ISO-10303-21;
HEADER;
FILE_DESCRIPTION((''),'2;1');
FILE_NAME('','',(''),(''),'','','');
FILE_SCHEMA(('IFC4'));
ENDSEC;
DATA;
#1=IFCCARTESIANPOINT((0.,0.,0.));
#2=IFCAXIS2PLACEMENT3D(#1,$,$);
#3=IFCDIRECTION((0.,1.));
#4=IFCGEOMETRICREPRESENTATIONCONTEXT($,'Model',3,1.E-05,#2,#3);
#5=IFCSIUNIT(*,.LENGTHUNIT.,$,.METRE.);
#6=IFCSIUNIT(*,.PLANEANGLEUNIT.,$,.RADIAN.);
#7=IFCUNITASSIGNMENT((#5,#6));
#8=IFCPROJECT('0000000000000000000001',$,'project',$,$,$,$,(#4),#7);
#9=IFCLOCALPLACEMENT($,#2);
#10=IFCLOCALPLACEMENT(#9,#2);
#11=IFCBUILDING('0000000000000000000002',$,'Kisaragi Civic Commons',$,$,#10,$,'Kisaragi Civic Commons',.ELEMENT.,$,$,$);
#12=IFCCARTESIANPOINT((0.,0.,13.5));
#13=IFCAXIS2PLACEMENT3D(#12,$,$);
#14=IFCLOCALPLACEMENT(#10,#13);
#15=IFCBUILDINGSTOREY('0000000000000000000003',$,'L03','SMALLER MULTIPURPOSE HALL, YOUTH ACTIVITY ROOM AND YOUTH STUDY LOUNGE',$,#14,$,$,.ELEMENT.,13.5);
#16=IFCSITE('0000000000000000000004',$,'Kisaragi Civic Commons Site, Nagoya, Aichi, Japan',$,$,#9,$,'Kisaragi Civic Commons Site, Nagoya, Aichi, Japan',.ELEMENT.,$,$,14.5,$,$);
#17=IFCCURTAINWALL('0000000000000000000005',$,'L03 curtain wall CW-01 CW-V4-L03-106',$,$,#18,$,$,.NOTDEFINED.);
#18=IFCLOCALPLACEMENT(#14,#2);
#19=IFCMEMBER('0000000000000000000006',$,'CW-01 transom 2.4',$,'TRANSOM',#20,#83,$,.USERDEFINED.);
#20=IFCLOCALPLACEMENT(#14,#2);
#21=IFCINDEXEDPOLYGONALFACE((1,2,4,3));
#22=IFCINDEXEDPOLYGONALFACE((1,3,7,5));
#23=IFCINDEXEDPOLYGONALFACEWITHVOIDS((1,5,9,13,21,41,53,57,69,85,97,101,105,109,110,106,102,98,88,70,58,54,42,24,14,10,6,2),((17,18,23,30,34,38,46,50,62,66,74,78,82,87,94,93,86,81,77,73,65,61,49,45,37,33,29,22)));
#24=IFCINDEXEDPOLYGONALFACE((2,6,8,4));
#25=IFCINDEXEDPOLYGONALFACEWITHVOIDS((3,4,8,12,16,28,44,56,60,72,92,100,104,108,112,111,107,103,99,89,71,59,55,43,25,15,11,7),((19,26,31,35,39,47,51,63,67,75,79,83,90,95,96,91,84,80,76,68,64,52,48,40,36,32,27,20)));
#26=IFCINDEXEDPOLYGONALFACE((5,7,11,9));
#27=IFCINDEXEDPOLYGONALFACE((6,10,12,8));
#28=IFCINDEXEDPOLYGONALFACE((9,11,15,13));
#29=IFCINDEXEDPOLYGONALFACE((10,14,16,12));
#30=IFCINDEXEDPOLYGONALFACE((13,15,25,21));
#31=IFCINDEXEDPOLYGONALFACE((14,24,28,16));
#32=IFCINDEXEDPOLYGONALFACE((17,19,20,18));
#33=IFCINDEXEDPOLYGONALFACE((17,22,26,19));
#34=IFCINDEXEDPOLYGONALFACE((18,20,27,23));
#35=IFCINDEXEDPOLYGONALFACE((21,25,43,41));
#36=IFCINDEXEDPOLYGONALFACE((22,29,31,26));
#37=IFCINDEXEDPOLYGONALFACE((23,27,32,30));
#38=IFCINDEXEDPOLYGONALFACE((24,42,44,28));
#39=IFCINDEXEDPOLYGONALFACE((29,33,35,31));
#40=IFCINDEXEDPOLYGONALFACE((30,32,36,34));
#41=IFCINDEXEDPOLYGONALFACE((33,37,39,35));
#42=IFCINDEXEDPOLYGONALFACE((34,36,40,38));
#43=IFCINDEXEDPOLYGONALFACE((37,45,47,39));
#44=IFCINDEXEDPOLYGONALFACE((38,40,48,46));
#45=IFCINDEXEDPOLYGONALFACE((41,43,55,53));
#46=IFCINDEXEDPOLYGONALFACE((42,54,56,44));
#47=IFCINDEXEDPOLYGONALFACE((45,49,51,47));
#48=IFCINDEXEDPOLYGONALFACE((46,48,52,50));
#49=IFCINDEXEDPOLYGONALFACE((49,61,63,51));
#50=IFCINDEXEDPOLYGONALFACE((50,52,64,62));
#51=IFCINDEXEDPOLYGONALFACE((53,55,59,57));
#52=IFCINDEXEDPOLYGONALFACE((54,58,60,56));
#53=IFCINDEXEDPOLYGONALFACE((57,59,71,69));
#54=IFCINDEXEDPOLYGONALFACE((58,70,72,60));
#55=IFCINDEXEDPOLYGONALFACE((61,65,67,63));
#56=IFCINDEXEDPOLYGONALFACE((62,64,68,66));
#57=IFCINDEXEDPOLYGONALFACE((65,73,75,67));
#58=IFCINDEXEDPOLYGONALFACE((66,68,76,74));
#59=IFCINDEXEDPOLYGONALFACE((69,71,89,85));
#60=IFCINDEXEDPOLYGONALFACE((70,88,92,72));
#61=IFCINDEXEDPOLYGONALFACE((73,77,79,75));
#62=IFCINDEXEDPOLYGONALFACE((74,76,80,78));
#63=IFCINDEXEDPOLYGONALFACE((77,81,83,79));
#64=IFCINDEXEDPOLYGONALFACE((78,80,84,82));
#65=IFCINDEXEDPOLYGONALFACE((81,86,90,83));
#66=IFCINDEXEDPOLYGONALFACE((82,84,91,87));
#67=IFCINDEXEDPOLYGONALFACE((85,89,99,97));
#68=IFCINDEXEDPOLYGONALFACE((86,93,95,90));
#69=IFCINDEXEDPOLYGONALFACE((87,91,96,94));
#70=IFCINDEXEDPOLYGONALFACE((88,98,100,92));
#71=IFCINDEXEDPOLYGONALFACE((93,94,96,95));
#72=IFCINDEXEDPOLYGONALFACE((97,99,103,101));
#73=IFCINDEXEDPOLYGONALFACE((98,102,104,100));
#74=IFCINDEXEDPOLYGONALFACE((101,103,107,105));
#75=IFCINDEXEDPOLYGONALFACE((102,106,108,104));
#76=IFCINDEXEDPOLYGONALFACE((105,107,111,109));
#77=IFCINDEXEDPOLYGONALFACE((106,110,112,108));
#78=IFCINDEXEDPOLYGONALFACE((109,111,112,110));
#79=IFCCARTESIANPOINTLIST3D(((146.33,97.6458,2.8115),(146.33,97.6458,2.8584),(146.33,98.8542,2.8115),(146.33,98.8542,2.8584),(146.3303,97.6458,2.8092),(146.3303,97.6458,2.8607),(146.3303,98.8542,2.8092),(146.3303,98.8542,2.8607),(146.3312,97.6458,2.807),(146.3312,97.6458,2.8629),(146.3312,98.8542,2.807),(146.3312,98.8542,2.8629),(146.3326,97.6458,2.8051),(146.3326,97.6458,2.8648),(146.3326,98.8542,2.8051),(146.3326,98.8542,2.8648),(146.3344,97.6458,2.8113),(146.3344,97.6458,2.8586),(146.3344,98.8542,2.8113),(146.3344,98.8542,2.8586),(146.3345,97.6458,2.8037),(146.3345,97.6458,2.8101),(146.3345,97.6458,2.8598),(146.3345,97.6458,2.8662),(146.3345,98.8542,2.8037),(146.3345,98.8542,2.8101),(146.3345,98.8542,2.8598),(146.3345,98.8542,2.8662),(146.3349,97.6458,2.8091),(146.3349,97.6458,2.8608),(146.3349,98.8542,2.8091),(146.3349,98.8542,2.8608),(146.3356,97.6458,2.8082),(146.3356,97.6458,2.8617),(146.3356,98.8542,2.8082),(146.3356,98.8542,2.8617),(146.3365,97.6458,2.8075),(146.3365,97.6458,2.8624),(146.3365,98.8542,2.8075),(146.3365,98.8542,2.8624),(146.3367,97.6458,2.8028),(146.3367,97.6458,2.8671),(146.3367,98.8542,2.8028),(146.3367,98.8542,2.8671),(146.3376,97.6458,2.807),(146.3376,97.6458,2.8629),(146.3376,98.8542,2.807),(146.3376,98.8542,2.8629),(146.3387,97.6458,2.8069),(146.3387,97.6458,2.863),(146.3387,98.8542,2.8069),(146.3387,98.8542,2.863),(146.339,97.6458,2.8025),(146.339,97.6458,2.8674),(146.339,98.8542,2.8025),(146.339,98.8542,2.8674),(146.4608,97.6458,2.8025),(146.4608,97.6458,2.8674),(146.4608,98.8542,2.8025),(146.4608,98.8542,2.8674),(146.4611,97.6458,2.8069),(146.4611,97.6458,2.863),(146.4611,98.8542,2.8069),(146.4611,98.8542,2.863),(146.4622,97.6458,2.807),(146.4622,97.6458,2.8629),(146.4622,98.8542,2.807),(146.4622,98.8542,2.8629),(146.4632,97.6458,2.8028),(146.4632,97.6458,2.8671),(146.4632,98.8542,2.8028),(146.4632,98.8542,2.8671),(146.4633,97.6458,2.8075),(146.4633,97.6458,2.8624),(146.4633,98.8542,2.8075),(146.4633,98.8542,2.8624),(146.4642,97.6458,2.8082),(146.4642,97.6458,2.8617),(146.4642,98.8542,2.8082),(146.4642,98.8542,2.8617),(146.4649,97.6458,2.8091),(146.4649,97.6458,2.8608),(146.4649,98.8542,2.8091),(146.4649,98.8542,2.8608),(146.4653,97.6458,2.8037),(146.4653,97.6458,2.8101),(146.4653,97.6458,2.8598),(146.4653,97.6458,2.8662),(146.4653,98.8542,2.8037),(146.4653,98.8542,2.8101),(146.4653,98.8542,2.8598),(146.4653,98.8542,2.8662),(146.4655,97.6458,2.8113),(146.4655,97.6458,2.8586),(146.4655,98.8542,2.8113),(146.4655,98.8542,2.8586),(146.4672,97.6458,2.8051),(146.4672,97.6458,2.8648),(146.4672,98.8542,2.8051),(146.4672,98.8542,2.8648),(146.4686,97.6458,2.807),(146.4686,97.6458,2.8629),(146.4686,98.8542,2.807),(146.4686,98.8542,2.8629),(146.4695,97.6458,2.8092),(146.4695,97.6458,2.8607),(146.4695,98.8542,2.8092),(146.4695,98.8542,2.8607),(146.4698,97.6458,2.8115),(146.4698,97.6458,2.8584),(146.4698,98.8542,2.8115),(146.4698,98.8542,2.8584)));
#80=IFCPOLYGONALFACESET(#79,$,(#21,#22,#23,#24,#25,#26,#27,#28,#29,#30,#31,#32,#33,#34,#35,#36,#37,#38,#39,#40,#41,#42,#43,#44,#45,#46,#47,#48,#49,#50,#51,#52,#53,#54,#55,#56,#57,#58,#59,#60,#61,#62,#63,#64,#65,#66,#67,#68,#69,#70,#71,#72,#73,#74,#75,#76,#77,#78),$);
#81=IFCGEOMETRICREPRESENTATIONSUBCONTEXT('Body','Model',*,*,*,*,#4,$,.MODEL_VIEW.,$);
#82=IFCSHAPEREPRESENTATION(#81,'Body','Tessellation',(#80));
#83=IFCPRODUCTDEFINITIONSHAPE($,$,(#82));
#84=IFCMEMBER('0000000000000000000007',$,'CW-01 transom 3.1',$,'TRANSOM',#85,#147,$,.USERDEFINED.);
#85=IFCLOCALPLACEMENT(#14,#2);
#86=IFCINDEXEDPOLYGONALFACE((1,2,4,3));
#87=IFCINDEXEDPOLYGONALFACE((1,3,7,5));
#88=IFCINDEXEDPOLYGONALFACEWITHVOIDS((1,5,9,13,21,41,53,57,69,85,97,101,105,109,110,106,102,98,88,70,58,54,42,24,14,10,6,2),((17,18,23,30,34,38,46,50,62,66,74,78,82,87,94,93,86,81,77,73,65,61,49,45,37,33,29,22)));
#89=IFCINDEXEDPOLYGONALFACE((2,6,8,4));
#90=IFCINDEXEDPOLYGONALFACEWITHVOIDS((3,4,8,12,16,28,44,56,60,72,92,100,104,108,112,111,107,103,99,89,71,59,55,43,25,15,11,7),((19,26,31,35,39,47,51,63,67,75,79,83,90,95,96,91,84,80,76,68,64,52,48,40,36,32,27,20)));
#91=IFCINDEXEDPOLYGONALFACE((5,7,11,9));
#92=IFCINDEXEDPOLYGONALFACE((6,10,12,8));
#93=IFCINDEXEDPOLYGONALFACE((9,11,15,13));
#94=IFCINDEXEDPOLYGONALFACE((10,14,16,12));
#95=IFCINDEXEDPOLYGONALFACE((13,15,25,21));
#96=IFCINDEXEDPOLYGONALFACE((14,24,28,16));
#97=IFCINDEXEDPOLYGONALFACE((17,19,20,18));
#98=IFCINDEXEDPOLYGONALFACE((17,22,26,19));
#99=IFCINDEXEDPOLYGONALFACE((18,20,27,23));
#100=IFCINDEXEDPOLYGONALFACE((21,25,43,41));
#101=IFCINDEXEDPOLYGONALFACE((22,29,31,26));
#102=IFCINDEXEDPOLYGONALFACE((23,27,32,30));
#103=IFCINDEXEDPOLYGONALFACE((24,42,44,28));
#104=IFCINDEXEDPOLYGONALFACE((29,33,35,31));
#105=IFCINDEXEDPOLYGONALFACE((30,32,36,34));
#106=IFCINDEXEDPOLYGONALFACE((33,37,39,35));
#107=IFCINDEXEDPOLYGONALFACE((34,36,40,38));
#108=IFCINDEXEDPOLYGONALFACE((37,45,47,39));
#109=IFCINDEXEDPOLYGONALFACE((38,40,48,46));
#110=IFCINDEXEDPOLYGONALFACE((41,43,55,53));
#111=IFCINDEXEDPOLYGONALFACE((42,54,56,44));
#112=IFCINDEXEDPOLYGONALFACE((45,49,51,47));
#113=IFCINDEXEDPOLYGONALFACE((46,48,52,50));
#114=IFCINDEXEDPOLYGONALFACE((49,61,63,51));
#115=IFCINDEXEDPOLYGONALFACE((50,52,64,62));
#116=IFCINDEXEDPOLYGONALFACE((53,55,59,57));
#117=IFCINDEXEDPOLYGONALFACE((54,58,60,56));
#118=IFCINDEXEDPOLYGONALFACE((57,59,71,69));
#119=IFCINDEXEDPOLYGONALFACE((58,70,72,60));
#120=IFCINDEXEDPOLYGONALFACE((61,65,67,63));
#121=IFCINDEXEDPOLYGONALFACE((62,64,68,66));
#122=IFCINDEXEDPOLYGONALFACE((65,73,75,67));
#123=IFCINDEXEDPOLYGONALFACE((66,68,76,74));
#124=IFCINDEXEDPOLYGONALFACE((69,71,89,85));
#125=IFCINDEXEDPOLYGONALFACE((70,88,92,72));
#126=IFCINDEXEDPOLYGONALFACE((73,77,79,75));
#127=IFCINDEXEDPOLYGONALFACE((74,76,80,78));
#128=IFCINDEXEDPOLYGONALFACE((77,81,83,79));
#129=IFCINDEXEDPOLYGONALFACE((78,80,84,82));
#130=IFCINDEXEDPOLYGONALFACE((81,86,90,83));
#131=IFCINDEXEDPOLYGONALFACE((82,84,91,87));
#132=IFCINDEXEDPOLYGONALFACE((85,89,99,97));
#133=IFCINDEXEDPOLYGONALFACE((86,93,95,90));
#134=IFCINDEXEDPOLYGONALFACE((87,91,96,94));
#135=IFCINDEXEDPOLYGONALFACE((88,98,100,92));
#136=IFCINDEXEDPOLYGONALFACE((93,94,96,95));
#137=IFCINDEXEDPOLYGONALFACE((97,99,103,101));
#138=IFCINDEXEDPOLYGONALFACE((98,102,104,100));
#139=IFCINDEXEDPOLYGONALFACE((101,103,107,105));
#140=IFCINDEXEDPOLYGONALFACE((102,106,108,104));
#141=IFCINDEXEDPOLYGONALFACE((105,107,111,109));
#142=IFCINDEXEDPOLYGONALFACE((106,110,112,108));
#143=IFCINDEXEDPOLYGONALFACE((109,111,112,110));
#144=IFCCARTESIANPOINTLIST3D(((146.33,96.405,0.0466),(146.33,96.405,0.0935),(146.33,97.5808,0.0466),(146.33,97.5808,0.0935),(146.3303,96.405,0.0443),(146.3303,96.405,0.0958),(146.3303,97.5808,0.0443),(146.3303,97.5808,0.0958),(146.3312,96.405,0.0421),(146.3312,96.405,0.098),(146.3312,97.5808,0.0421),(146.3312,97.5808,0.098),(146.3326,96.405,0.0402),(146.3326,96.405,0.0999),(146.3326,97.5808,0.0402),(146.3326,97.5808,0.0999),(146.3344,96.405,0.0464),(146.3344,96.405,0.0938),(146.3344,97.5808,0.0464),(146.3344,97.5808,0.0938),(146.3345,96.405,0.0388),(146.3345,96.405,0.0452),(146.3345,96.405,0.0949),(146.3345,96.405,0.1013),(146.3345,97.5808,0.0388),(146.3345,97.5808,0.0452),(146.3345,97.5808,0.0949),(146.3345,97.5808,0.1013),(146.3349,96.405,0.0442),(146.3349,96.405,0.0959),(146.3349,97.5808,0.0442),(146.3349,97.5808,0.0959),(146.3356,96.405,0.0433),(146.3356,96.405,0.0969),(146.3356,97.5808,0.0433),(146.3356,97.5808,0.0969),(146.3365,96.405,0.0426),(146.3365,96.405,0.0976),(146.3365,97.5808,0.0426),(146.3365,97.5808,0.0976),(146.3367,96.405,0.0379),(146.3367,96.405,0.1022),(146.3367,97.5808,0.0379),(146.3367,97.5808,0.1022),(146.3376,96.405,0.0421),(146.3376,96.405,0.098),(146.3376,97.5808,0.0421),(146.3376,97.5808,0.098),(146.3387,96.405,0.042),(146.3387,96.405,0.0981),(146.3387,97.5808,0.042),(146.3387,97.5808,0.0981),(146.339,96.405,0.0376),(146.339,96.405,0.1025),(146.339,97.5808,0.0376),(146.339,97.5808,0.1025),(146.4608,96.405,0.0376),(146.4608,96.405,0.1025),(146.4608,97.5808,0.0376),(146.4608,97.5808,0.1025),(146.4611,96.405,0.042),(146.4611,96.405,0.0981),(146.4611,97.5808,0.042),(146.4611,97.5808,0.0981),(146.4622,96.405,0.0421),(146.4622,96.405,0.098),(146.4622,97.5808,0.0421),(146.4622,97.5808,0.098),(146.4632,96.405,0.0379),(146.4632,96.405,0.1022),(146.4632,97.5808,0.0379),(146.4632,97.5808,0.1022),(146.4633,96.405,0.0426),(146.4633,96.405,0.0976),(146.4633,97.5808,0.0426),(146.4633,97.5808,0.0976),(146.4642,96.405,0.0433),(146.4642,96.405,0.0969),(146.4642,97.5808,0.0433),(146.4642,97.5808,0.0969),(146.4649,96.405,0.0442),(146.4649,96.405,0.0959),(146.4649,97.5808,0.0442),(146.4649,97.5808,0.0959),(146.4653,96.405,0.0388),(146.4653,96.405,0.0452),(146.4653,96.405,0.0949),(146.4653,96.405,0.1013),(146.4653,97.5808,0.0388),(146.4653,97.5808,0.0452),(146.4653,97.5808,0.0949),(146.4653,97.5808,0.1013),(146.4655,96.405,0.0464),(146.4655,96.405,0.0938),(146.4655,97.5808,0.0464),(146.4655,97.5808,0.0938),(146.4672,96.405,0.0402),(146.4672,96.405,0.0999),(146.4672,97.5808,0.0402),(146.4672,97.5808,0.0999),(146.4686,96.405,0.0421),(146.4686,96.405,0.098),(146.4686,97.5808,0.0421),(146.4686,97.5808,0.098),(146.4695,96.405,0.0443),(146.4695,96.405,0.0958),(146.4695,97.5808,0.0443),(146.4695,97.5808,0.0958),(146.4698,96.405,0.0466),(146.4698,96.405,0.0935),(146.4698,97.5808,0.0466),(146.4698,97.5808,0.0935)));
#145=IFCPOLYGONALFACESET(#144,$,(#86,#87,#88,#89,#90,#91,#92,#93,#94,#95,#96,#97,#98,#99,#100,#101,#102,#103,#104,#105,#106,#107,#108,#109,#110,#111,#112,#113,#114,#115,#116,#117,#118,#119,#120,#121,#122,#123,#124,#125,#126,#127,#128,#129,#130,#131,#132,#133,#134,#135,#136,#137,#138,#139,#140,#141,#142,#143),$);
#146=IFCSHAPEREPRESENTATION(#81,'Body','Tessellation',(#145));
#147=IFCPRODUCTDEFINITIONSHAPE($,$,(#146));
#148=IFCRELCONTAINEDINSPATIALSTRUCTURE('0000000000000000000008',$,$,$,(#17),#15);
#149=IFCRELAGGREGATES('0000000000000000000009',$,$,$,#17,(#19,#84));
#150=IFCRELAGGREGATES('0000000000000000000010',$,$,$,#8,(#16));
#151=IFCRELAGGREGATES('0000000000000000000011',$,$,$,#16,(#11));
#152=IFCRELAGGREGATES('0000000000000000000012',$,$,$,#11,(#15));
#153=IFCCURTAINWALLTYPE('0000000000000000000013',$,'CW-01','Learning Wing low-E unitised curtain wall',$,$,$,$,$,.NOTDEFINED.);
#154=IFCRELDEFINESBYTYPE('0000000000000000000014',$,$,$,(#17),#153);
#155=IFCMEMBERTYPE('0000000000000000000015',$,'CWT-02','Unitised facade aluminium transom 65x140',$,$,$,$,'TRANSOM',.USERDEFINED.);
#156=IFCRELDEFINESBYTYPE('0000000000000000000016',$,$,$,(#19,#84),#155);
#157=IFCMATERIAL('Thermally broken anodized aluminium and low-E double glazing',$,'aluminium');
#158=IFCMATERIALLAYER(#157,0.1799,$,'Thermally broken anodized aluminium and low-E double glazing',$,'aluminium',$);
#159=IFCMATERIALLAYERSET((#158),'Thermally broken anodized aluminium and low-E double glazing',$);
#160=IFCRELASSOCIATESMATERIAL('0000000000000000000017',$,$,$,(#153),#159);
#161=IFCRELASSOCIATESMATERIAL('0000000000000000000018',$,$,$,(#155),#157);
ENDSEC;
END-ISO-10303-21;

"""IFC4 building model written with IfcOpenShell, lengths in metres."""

from ifc_helpers import new_model, si_unit, direction, frame, origin, origin_2d, place, context, subcontext, project, spatial, hollow_rectangle, extrude, material, layer, layer_set, material_profile, profile_set, type_object, element, aggregate, save


model = new_model("IFC4")

# Units and contexts
model_context = context("Model", 3, precision=1e-05, world=origin(), true_north=direction((0.0, 1.0)))
body_context = subcontext(model_context, "Body", "Model", "MODEL_VIEW")
ifc_project = project(units=[si_unit("LENGTHUNIT", "METRE"), si_unit("PLANEANGLEUNIT", "RADIAN")], contexts=[model_context])

# Site, building, storey
site_placement = place(None, origin())
site = spatial("IfcSite", under=ifc_project, at=site_placement, Name="Kisaragi Civic Commons Site, Nagoya, Aichi, Japan", LongName="Kisaragi Civic Commons Site, Nagoya, Aichi, Japan", CompositionType="ELEMENT", RefElevation=14.5)
building_placement = place(site_placement, origin())
building = spatial("IfcBuilding", under=site, at=building_placement, Name="Kisaragi Civic Commons", LongName="Kisaragi Civic Commons", CompositionType="ELEMENT")
storey_placement = place(building_placement, frame((0.0, 0.0, 13.5)))
storey = spatial("IfcBuildingStorey", under=building, at=storey_placement, Name="L03", Description="SMALLER MULTIPURPOSE HALL, YOUTH ACTIVITY ROOM AND YOUTH STUDY LOUNGE", CompositionType="ELEMENT", Elevation=13.5)

# Curtain wall, members
ifc_material = material(Name="Thermally broken anodized aluminium and low-E double glazing", Category="aluminium")
ifc_layer_1 = layer(ifc_material, 0.1799, Name="Thermally broken anodized aluminium and low-E double glazing", Category="aluminium")
ifc_layer_set_1 = layer_set([ifc_layer_1], Name="Thermally broken anodized aluminium and low-E double glazing")
curtain_wall_type = type_object("IfcCurtainWallType", Name="CW-01", Description="Learning Wing low-E unitised curtain wall", PredefinedType="NOTDEFINED", material=ifc_layer_set_1)
curtain_wall_placement = place(storey_placement, origin())
curtain_wall = element("IfcCurtainWall", 1, at=curtain_wall_placement, inside=storey, type_object=curtain_wall_type, Name="L03 curtain wall CW-01 CW-V4-L03-106", PredefinedType="NOTDEFINED")
ifc_material_profile_1 = material_profile(ifc_material, hollow_rectangle(XDim=0.1399, YDim=0.0649, WallThickness=0.0044, InnerFilletRadius=0.0044, OuterFilletRadius=0.009, at=origin_2d()), Name="CWT-65x140x4.5", Category="aluminium")
ifc_profile_set_1 = profile_set([ifc_material_profile_1], Name="Thermally broken anodized aluminium and low-E double glazing")
member_type_1 = type_object("IfcMemberType", Name="CWT-02", Description="Unitised facade aluminium transom 65x140", ElementType="TRANSOM", PredefinedType="USERDEFINED", material=ifc_profile_set_1)
member_1_placement = place(storey_placement, frame((146.3999, 98.8542, 2.835), z_axis=(0.0, -1.0, 0.0), x_axis=(1.0, 0.0, 0.0)))
member_1 = element("IfcMember", 2, at=member_1_placement, type_object=member_type_1, Name="CW-01 transom 2.4", ObjectType="TRANSOM", PredefinedType="USERDEFINED", context=body_context, shape_type="SweptSolid", body=[
    extrude(hollow_rectangle(XDim=0.1399, YDim=0.0649, WallThickness=0.0044, InnerFilletRadius=0.0044, OuterFilletRadius=0.009, at=origin_2d()), origin(), (0.0, 0.0, 1.0), 1.2085),
])
member_2_placement = place(storey_placement, frame((146.3999, 97.5808, 0.0701), z_axis=(0.0, -1.0, 0.0), x_axis=(1.0, 0.0, 0.0)))
member_2 = element("IfcMember", 3, at=member_2_placement, type_object=member_type_1, Name="CW-01 transom 3.1", ObjectType="TRANSOM", PredefinedType="USERDEFINED", context=body_context, shape_type="SweptSolid", body=[
    extrude(hollow_rectangle(XDim=0.1399, YDim=0.0649, WallThickness=0.0044, InnerFilletRadius=0.0044, OuterFilletRadius=0.009, at=origin_2d()), origin(), (0.0, 0.0, 1.0), 1.1758),
])
aggregate(curtain_wall, [member_1, member_2])

save(model, "model.ifc")
